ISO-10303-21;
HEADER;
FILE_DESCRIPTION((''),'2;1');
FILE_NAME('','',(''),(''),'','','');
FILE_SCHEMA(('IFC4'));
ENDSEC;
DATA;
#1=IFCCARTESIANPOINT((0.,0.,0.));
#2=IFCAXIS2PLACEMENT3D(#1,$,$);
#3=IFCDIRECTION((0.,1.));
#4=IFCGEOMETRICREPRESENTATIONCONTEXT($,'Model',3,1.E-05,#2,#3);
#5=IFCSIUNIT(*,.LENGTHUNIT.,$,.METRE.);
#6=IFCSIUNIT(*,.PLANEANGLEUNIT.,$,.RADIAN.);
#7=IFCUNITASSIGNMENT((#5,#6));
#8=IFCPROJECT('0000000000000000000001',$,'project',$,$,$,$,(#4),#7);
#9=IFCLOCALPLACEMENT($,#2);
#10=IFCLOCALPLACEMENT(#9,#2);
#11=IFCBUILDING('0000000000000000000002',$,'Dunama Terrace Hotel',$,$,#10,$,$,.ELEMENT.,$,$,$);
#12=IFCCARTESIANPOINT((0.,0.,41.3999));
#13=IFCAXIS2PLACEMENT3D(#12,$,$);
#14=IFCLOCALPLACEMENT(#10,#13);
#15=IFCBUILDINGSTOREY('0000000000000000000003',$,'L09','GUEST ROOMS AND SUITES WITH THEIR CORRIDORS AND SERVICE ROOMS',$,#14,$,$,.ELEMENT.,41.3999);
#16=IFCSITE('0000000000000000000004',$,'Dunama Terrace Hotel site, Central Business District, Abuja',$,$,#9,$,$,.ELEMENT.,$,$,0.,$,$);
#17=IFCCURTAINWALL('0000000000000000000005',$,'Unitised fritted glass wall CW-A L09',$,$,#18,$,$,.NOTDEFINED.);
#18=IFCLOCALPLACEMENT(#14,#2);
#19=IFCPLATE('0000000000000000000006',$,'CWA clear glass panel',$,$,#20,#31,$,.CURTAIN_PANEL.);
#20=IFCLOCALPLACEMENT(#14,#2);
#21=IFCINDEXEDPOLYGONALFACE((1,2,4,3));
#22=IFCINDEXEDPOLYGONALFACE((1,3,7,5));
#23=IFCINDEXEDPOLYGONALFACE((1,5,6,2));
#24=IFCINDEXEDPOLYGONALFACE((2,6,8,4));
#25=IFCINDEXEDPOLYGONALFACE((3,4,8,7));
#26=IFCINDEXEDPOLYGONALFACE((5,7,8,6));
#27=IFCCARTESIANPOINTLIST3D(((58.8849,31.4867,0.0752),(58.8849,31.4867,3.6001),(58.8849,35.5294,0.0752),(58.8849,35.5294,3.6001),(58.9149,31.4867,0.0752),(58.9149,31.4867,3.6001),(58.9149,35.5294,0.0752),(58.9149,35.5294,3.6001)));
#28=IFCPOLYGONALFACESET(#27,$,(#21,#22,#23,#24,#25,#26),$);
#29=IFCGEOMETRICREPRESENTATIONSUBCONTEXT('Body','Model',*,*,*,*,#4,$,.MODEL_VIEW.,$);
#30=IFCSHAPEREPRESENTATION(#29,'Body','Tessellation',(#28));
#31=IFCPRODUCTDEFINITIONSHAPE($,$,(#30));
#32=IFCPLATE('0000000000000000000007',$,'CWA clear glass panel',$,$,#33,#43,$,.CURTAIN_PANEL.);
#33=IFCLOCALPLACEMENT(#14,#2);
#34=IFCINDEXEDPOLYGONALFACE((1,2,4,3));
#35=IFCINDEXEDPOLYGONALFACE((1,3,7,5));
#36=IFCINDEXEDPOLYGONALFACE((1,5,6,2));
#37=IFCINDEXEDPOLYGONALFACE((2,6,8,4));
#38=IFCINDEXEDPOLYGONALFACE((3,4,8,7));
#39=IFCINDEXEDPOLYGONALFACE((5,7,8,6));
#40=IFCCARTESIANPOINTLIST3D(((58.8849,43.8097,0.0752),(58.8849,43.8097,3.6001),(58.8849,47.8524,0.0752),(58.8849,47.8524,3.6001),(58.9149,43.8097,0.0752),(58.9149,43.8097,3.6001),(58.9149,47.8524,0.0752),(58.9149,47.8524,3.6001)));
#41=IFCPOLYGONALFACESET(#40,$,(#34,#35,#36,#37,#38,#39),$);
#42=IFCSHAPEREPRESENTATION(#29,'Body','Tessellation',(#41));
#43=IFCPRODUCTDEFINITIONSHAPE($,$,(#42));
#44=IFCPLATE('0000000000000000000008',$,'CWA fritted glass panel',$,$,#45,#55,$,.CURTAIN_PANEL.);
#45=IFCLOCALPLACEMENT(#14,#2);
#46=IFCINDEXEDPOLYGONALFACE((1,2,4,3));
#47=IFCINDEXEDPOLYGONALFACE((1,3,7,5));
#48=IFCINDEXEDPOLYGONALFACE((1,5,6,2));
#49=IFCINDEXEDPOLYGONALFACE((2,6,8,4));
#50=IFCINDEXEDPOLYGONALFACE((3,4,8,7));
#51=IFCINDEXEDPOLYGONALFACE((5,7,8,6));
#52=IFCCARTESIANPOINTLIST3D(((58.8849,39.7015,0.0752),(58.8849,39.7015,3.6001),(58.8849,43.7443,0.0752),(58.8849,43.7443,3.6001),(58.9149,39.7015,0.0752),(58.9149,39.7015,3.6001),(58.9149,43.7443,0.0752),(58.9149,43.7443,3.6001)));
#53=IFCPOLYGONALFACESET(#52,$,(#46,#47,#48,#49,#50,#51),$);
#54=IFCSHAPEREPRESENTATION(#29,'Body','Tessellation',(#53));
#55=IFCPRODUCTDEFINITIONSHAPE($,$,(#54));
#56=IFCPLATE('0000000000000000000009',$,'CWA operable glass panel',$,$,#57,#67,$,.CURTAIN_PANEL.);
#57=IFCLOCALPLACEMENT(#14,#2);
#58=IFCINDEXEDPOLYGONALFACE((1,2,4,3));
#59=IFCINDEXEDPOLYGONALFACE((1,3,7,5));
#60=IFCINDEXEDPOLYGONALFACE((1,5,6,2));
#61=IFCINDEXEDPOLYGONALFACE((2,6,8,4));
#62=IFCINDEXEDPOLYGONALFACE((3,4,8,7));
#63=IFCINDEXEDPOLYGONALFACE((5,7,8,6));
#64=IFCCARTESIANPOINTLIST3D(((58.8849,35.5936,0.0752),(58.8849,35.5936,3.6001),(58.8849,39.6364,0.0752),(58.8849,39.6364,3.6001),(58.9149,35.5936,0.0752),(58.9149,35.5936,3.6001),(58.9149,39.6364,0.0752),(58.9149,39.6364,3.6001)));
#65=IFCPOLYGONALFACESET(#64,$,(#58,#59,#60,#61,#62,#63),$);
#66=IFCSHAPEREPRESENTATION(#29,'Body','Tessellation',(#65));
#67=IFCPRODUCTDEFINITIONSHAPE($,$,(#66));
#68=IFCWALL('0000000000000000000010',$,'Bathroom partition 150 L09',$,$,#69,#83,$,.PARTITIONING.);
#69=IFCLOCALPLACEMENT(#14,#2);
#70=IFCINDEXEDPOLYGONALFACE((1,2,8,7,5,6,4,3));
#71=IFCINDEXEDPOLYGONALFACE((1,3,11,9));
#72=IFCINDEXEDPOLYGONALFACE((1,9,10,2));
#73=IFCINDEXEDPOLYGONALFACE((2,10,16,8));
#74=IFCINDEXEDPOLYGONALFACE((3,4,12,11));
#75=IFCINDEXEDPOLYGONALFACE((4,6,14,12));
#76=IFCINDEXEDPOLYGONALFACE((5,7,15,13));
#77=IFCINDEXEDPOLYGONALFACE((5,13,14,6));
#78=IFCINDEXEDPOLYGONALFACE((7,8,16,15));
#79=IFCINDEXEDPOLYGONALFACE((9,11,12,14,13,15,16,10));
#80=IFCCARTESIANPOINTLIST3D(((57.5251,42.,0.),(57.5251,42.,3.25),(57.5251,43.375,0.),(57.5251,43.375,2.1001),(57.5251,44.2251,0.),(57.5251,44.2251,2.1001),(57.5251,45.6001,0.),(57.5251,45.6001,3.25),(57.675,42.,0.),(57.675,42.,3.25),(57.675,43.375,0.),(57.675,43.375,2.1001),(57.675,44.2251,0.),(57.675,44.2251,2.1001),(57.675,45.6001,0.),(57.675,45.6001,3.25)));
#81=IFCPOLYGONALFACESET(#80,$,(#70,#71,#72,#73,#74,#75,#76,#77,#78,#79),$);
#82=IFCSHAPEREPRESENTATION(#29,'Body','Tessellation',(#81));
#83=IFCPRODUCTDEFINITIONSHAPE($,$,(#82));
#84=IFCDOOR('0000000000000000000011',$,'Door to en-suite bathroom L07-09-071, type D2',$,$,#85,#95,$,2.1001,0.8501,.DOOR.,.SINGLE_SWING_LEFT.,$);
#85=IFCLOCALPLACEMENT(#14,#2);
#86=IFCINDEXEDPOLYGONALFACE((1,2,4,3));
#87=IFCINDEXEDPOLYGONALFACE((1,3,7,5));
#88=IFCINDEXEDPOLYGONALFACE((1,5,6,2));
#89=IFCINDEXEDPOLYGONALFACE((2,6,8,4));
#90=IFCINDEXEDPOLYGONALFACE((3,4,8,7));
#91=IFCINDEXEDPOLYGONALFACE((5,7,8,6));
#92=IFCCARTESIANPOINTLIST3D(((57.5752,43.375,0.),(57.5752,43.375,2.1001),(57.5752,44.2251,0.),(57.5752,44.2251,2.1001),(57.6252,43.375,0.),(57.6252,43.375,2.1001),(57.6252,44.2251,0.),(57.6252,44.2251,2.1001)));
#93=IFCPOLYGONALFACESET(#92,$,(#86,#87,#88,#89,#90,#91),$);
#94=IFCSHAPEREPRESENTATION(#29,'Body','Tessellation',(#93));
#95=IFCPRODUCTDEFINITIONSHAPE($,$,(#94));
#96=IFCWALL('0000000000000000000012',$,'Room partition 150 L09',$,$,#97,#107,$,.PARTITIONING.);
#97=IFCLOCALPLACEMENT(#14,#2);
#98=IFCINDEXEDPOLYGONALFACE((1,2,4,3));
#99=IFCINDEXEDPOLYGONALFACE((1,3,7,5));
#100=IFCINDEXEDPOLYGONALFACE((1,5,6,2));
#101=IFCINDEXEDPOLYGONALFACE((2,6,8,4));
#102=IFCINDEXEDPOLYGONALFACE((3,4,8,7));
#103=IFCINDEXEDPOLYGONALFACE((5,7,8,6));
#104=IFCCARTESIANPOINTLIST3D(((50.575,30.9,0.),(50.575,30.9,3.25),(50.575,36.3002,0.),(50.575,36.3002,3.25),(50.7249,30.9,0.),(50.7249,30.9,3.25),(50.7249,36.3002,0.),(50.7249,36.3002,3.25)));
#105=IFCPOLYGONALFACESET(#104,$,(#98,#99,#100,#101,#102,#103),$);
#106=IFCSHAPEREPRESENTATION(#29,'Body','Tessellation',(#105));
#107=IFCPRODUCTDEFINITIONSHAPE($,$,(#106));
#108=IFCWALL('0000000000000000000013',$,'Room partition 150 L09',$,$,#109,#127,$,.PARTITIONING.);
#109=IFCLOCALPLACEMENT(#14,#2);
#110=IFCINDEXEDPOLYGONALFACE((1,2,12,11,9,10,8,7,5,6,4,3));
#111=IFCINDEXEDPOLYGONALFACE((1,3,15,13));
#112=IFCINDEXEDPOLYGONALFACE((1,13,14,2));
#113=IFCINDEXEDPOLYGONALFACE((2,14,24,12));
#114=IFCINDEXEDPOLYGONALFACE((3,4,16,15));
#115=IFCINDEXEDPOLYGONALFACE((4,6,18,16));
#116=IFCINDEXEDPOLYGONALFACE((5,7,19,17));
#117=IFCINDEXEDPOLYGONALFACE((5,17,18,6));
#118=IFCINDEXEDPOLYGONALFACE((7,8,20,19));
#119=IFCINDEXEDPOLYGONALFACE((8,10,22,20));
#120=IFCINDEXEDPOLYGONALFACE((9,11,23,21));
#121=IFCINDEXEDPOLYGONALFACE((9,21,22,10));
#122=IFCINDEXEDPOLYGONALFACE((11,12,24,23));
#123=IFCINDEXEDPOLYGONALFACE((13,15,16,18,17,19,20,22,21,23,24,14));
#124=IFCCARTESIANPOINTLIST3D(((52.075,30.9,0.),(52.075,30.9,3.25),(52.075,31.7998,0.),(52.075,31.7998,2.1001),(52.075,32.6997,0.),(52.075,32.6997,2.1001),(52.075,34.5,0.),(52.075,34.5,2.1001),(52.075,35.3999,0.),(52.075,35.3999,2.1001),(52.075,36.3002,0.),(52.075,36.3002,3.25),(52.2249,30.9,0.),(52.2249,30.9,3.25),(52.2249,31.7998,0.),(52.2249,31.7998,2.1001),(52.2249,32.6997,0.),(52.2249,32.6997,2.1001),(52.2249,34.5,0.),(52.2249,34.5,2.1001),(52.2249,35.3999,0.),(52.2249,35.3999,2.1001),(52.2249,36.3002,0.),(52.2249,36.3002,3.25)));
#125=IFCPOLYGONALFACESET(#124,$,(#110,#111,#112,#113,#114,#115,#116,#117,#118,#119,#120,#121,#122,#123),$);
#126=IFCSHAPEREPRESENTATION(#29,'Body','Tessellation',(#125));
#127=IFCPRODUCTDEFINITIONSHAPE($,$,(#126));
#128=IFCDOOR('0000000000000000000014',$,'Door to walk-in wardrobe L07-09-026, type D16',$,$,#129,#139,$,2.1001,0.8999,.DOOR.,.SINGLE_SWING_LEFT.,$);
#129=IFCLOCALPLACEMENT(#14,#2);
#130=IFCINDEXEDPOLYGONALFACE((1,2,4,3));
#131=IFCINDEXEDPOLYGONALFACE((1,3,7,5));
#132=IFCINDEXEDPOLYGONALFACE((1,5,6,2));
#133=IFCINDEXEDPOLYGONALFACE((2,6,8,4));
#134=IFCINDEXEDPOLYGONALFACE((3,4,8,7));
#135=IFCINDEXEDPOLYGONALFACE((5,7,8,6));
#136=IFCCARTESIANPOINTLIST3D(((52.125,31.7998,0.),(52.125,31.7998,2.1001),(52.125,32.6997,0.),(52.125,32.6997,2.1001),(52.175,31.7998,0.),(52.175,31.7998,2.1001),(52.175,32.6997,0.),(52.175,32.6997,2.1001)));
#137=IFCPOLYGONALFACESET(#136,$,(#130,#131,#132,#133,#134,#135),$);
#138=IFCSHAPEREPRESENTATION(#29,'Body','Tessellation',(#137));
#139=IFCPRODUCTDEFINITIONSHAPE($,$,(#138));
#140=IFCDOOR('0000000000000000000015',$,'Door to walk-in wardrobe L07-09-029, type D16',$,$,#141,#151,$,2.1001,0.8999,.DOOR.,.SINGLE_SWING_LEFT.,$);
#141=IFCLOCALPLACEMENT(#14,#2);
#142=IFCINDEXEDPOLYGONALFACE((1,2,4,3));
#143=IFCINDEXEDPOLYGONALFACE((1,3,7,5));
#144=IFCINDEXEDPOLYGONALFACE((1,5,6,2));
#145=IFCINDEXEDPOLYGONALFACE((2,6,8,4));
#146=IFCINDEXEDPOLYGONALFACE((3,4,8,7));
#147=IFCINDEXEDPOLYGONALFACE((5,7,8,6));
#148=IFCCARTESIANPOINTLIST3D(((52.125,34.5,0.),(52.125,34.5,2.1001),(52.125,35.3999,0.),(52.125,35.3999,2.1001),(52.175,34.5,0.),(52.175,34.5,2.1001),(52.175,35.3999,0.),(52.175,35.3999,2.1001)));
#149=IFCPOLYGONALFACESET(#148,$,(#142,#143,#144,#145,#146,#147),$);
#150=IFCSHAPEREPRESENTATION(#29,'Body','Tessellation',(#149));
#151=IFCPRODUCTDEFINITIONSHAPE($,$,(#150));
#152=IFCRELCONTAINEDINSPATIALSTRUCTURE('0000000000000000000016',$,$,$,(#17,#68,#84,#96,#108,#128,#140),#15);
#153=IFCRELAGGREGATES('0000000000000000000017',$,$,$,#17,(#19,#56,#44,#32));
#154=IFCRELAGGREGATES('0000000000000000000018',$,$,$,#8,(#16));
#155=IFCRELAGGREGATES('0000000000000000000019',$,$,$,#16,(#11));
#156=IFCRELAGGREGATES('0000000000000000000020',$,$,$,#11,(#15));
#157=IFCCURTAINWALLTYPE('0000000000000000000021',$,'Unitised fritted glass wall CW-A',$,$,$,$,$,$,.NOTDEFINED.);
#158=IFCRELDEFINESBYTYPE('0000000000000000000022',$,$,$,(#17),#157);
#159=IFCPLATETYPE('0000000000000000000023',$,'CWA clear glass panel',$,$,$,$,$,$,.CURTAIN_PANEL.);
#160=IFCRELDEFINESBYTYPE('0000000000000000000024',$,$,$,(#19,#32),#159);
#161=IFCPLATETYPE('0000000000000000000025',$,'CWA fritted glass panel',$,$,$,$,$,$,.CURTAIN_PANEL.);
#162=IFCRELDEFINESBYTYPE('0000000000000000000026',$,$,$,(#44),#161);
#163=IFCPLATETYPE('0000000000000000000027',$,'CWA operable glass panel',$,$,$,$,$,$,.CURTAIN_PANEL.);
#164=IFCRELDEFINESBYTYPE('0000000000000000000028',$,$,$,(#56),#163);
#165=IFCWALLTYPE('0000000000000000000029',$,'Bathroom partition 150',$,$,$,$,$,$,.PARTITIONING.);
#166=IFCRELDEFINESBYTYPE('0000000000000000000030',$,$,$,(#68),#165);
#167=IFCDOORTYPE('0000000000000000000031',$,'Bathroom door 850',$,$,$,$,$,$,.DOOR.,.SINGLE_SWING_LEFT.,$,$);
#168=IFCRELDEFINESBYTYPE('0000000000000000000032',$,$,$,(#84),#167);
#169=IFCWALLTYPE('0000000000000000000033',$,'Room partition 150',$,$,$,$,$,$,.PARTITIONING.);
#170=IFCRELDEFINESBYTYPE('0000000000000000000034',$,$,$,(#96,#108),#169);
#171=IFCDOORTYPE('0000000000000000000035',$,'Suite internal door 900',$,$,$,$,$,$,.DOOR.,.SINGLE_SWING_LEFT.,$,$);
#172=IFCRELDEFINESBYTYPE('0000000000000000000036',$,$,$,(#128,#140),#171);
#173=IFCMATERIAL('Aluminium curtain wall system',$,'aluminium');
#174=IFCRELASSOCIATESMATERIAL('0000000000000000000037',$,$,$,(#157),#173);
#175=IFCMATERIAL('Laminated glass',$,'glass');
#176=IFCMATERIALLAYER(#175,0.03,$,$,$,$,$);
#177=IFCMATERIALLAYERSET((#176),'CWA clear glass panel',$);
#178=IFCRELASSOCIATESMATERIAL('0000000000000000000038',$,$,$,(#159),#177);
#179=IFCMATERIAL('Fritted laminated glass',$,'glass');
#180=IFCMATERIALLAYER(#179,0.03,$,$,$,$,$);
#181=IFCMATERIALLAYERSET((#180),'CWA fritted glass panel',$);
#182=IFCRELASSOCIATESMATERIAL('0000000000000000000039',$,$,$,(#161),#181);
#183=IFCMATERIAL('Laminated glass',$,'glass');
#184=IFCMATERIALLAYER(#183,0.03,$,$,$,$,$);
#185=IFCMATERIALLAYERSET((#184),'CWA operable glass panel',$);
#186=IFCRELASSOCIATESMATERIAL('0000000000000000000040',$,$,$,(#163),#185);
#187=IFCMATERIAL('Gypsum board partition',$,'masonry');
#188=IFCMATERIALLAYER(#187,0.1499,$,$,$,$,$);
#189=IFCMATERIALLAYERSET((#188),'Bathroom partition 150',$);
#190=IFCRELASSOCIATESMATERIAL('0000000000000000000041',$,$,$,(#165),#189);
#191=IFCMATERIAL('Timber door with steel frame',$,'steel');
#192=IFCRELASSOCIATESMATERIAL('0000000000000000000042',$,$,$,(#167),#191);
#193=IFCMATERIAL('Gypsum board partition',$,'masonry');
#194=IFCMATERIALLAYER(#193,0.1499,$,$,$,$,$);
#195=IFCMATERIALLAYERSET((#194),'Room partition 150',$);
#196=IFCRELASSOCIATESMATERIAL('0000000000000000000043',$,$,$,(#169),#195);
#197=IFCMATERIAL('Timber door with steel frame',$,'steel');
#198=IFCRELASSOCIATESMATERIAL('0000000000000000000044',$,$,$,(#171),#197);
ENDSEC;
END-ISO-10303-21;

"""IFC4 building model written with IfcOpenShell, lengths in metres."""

from ifc_helpers import new_model, si_unit, direction, frame, frame_2d, origin, origin_2d, place, context, subcontext, project, spatial, rectangle, extrude, material, layer, layer_set, type_object, element, fill, aggregate, save


model = new_model("IFC4")

# Units and contexts
model_context = context("Model", 3, precision=1e-05, world=origin(), true_north=direction((0.0, 1.0)))
body_context = subcontext(model_context, "Body", "Model", "MODEL_VIEW")
ifc_project = project(units=[si_unit("LENGTHUNIT", "METRE"), si_unit("PLANEANGLEUNIT", "RADIAN")], contexts=[model_context])

# Site, building, storey
site_placement = place(None, origin())
site = spatial("IfcSite", under=ifc_project, at=site_placement, Name="Dunama Terrace Hotel site, Central Business District, Abuja", CompositionType="ELEMENT", RefElevation=0.0)
building_placement = place(site_placement, origin())
building = spatial("IfcBuilding", under=site, at=building_placement, Name="Dunama Terrace Hotel", CompositionType="ELEMENT")
storey_placement = place(building_placement, frame((0.0, 0.0, 41.3999)))
storey = spatial("IfcBuildingStorey", under=building, at=storey_placement, Name="L09", Description="GUEST ROOMS AND SUITES WITH THEIR CORRIDORS AND SERVICE ROOMS", CompositionType="ELEMENT", Elevation=41.3999)

# Curtain wall
ifc_material_1 = material(Name="Aluminium curtain wall system", Category="aluminium")
curtain_wall_type = type_object("IfcCurtainWallType", Name="Unitised fritted glass wall CW-A", PredefinedType="NOTDEFINED", material=ifc_material_1)
curtain_wall_placement = place(storey_placement, origin())
curtain_wall = element("IfcCurtainWall", 1, at=curtain_wall_placement, inside=storey, type_object=curtain_wall_type, Name="Unitised fritted glass wall CW-A L09", PredefinedType="NOTDEFINED")

# Plates
ifc_material_2 = material(Name="Laminated glass", Category="glass")
ifc_layer_1 = layer(ifc_material_2, 0.03)
ifc_layer_set_1 = layer_set([ifc_layer_1], Name="CWA clear glass panel")
plate_type_1 = type_object("IfcPlateType", Name="CWA clear glass panel", PredefinedType="CURTAIN_PANEL", material=ifc_layer_set_1)
plate_1_placement = place(storey_placement, frame((58.8999, 33.5081, 0.0752), z_axis=(0.0, 0.0, 1.0), x_axis=(0.0, 1.0, 0.0)))
plate_1 = element("IfcPlate", 2, at=plate_1_placement, type_object=plate_type_1, Name="CWA clear glass panel", PredefinedType="CURTAIN_PANEL", context=body_context, shape_type="SweptSolid", body=[
    extrude(rectangle(XDim=4.0427, YDim=0.03, at=origin_2d()), origin(), (0.0, 0.0, 1.0), 3.5249),
])
plate_2_placement = place(storey_placement, frame((58.8999, 45.8311, 0.0752), z_axis=(0.0, 0.0, 1.0), x_axis=(0.0, 1.0, 0.0)))
plate_2 = element("IfcPlate", 3, at=plate_2_placement, type_object=plate_type_1, Name="CWA clear glass panel", PredefinedType="CURTAIN_PANEL", context=body_context, shape_type="SweptSolid", body=[
    extrude(rectangle(XDim=4.0427, YDim=0.03, at=origin_2d()), origin(), (0.0, 0.0, 1.0), 3.5249),
])
ifc_material_3 = material(Name="Fritted laminated glass", Category="glass")
ifc_layer_2 = layer(ifc_material_3, 0.03)
ifc_layer_set_2 = layer_set([ifc_layer_2], Name="CWA fritted glass panel")
plate_type_2 = type_object("IfcPlateType", Name="CWA fritted glass panel", PredefinedType="CURTAIN_PANEL", material=ifc_layer_set_2)
plate_3_placement = place(storey_placement, frame((58.8999, 41.7229, 0.0752), z_axis=(0.0, 0.0, 1.0), x_axis=(0.0, 1.0, 0.0)))
plate_3 = element("IfcPlate", 4, at=plate_3_placement, type_object=plate_type_2, Name="CWA fritted glass panel", PredefinedType="CURTAIN_PANEL", context=body_context, shape_type="SweptSolid", body=[
    extrude(rectangle(XDim=4.0427, YDim=0.03, at=origin_2d()), origin(), (0.0, 0.0, 1.0), 3.5249),
])
ifc_material_4 = material(Name="Laminated glass", Category="glass")
ifc_layer_3 = layer(ifc_material_4, 0.03)
ifc_layer_set_3 = layer_set([ifc_layer_3], Name="CWA operable glass panel")
plate_type_3 = type_object("IfcPlateType", Name="CWA operable glass panel", PredefinedType="CURTAIN_PANEL", material=ifc_layer_set_3)
plate_4_placement = place(storey_placement, frame((58.8999, 37.615, 0.0752), z_axis=(0.0, 0.0, 1.0), x_axis=(0.0, 1.0, 0.0)))
plate_4 = element("IfcPlate", 5, at=plate_4_placement, type_object=plate_type_3, Name="CWA operable glass panel", PredefinedType="CURTAIN_PANEL", context=body_context, shape_type="SweptSolid", body=[
    extrude(rectangle(XDim=4.0427, YDim=0.03, at=origin_2d()), origin(), (0.0, 0.0, 1.0), 3.5249),
])
aggregate(curtain_wall, [plate_1, plate_4, plate_3, plate_2])

# Wall, opening, door
ifc_material_5 = material(Name="Gypsum board partition", Category="masonry")
ifc_layer_4 = layer(ifc_material_5, 0.1499)
ifc_layer_set_4 = layer_set([ifc_layer_4], Name="Bathroom partition 150")
wall_type_1 = type_object("IfcWallType", Name="Bathroom partition 150", PredefinedType="PARTITIONING", material=ifc_layer_set_4)
wall_1_placement = place(storey_placement, frame((57.6001, 42.0, 0.0), z_axis=(0.0, 0.0, 1.0), x_axis=(0.0, 1.0, 0.0)))
wall_1 = element("IfcWall", 6, at=wall_1_placement, inside=storey, type_object=wall_type_1, Name="Bathroom partition 150 L09", PredefinedType="PARTITIONING", context=body_context, shape_type="SweptSolid", body=[
    extrude(rectangle(XDim=3.6001, YDim=0.1499, at=frame_2d((1.8, 0.0))), origin(), (0.0, 0.0, 1.0), 3.25),
])
opening_1_placement = place(wall_1_placement, frame((1.375, 0.0, 0.0)))
opening_1 = element("IfcOpeningElement", 7, at=opening_1_placement, cuts=wall_1, PredefinedType="OPENING", context=body_context, shape_type="SweptSolid", body=[
    extrude(rectangle(XDim=0.8501, YDim=2.1001, at=frame_2d((0.425, 1.05))), frame((0.0, 0.085, 0.0), z_axis=(0.0, -1.0, 0.0), x_axis=(1.0, 0.0, 0.0)), (0.0, 0.0, 1.0), 0.1699),
])
ifc_material_6 = material(Name="Timber door with steel frame", Category="steel")
door_type_1 = type_object("IfcDoorType", Name="Bathroom door 850", OperationType="SINGLE_SWING_LEFT", PredefinedType="DOOR", material=ifc_material_6)
door_1_placement = place(opening_1_placement, origin())
door_1 = element("IfcDoor", 8, at=door_1_placement, inside=storey, type_object=door_type_1, Name="Door to en-suite bathroom L07-09-071, type D2", OperationType="SINGLE_SWING_LEFT", OverallHeight=2.1001, OverallWidth=0.8501, PredefinedType="DOOR", context=body_context, shape_type="SweptSolid", body=[
    extrude(rectangle(XDim=0.8501, YDim=2.1001, at=frame_2d((0.425, 1.05))), frame((0.0, 0.0249, 0.0), z_axis=(0.0, -1.0, 0.0), x_axis=(1.0, 0.0, 0.0)), (0.0, 0.0, 1.0), 0.05),
])
fill(opening_1, door_1)

# Wall
ifc_material_7 = material(Name="Gypsum board partition", Category="masonry")
ifc_layer_5 = layer(ifc_material_7, 0.1499)
ifc_layer_set_5 = layer_set([ifc_layer_5], Name="Room partition 150")
wall_type_2 = type_object("IfcWallType", Name="Room partition 150", PredefinedType="PARTITIONING", material=ifc_layer_set_5)
wall_2_placement = place(storey_placement, frame((50.6499, 30.8999, 0.0), z_axis=(0.0, 0.0, 1.0), x_axis=(0.0, 1.0, 0.0)))
element("IfcWall", 9, at=wall_2_placement, inside=storey, type_object=wall_type_2, Name="Room partition 150 L09", PredefinedType="PARTITIONING", context=body_context, shape_type="SweptSolid", body=[
    extrude(rectangle(XDim=5.4001, YDim=0.1499, at=frame_2d((2.7002, 0.0))), origin(), (0.0, 0.0, 1.0), 3.25),
])

# Wall, openings, doors
wall_3_placement = place(storey_placement, frame((52.1499, 30.8999, 0.0), z_axis=(0.0, 0.0, 1.0), x_axis=(0.0, 1.0, 0.0)))
wall_3 = element("IfcWall", 10, at=wall_3_placement, inside=storey, type_object=wall_type_2, Name="Room partition 150 L09", PredefinedType="PARTITIONING", context=body_context, shape_type="SweptSolid", body=[
    extrude(rectangle(XDim=5.4001, YDim=0.1499, at=frame_2d((2.7002, 0.0))), origin(), (0.0, 0.0, 1.0), 3.25),
])
opening_2_placement = place(wall_3_placement, frame((0.8999, 0.0, 0.0)))
opening_2 = element("IfcOpeningElement", 11, at=opening_2_placement, cuts=wall_3, PredefinedType="OPENING", context=body_context, shape_type="SweptSolid", body=[
    extrude(rectangle(XDim=0.8999, YDim=2.1001, at=frame_2d((0.45, 1.05))), frame((0.0, 0.085, 0.0), z_axis=(0.0, -1.0, 0.0), x_axis=(1.0, 0.0, 0.0)), (0.0, 0.0, 1.0), 0.1699),
])
opening_3_placement = place(wall_3_placement, frame((3.6001, 0.0, 0.0)))
opening_3 = element("IfcOpeningElement", 12, at=opening_3_placement, cuts=wall_3, PredefinedType="OPENING", context=body_context, shape_type="SweptSolid", body=[
    extrude(rectangle(XDim=0.8999, YDim=2.1001, at=frame_2d((0.45, 1.05))), frame((0.0, 0.085, 0.0), z_axis=(0.0, -1.0, 0.0), x_axis=(1.0, 0.0, 0.0)), (0.0, 0.0, 1.0), 0.1699),
])
ifc_material_8 = material(Name="Timber door with steel frame", Category="steel")
door_type_2 = type_object("IfcDoorType", Name="Suite internal door 900", OperationType="SINGLE_SWING_LEFT", PredefinedType="DOOR", material=ifc_material_8)
door_2_placement = place(opening_2_placement, origin())
door_2 = element("IfcDoor", 13, at=door_2_placement, inside=storey, type_object=door_type_2, Name="Door to walk-in wardrobe L07-09-026, type D16", OperationType="SINGLE_SWING_LEFT", OverallHeight=2.1001, OverallWidth=0.8999, PredefinedType="DOOR", context=body_context, shape_type="SweptSolid", body=[
    extrude(rectangle(XDim=0.8999, YDim=2.1001, at=frame_2d((0.45, 1.05))), frame((0.0, 0.0249, 0.0), z_axis=(0.0, -1.0, 0.0), x_axis=(1.0, 0.0, 0.0)), (0.0, 0.0, 1.0), 0.05),
])
fill(opening_2, door_2)
door_3_placement = place(opening_3_placement, origin())
door_3 = element("IfcDoor", 14, at=door_3_placement, inside=storey, type_object=door_type_2, Name="Door to walk-in wardrobe L07-09-029, type D16", OperationType="SINGLE_SWING_LEFT", OverallHeight=2.1001, OverallWidth=0.8999, PredefinedType="DOOR", context=body_context, shape_type="SweptSolid", body=[
    extrude(rectangle(XDim=0.8999, YDim=2.1001, at=frame_2d((0.45, 1.05))), frame((0.0, 0.0249, 0.0), z_axis=(0.0, -1.0, 0.0), x_axis=(1.0, 0.0, 0.0)), (0.0, 0.0, 1.0), 0.05),
])
fill(opening_3, door_3)

save(model, "model.ifc")
